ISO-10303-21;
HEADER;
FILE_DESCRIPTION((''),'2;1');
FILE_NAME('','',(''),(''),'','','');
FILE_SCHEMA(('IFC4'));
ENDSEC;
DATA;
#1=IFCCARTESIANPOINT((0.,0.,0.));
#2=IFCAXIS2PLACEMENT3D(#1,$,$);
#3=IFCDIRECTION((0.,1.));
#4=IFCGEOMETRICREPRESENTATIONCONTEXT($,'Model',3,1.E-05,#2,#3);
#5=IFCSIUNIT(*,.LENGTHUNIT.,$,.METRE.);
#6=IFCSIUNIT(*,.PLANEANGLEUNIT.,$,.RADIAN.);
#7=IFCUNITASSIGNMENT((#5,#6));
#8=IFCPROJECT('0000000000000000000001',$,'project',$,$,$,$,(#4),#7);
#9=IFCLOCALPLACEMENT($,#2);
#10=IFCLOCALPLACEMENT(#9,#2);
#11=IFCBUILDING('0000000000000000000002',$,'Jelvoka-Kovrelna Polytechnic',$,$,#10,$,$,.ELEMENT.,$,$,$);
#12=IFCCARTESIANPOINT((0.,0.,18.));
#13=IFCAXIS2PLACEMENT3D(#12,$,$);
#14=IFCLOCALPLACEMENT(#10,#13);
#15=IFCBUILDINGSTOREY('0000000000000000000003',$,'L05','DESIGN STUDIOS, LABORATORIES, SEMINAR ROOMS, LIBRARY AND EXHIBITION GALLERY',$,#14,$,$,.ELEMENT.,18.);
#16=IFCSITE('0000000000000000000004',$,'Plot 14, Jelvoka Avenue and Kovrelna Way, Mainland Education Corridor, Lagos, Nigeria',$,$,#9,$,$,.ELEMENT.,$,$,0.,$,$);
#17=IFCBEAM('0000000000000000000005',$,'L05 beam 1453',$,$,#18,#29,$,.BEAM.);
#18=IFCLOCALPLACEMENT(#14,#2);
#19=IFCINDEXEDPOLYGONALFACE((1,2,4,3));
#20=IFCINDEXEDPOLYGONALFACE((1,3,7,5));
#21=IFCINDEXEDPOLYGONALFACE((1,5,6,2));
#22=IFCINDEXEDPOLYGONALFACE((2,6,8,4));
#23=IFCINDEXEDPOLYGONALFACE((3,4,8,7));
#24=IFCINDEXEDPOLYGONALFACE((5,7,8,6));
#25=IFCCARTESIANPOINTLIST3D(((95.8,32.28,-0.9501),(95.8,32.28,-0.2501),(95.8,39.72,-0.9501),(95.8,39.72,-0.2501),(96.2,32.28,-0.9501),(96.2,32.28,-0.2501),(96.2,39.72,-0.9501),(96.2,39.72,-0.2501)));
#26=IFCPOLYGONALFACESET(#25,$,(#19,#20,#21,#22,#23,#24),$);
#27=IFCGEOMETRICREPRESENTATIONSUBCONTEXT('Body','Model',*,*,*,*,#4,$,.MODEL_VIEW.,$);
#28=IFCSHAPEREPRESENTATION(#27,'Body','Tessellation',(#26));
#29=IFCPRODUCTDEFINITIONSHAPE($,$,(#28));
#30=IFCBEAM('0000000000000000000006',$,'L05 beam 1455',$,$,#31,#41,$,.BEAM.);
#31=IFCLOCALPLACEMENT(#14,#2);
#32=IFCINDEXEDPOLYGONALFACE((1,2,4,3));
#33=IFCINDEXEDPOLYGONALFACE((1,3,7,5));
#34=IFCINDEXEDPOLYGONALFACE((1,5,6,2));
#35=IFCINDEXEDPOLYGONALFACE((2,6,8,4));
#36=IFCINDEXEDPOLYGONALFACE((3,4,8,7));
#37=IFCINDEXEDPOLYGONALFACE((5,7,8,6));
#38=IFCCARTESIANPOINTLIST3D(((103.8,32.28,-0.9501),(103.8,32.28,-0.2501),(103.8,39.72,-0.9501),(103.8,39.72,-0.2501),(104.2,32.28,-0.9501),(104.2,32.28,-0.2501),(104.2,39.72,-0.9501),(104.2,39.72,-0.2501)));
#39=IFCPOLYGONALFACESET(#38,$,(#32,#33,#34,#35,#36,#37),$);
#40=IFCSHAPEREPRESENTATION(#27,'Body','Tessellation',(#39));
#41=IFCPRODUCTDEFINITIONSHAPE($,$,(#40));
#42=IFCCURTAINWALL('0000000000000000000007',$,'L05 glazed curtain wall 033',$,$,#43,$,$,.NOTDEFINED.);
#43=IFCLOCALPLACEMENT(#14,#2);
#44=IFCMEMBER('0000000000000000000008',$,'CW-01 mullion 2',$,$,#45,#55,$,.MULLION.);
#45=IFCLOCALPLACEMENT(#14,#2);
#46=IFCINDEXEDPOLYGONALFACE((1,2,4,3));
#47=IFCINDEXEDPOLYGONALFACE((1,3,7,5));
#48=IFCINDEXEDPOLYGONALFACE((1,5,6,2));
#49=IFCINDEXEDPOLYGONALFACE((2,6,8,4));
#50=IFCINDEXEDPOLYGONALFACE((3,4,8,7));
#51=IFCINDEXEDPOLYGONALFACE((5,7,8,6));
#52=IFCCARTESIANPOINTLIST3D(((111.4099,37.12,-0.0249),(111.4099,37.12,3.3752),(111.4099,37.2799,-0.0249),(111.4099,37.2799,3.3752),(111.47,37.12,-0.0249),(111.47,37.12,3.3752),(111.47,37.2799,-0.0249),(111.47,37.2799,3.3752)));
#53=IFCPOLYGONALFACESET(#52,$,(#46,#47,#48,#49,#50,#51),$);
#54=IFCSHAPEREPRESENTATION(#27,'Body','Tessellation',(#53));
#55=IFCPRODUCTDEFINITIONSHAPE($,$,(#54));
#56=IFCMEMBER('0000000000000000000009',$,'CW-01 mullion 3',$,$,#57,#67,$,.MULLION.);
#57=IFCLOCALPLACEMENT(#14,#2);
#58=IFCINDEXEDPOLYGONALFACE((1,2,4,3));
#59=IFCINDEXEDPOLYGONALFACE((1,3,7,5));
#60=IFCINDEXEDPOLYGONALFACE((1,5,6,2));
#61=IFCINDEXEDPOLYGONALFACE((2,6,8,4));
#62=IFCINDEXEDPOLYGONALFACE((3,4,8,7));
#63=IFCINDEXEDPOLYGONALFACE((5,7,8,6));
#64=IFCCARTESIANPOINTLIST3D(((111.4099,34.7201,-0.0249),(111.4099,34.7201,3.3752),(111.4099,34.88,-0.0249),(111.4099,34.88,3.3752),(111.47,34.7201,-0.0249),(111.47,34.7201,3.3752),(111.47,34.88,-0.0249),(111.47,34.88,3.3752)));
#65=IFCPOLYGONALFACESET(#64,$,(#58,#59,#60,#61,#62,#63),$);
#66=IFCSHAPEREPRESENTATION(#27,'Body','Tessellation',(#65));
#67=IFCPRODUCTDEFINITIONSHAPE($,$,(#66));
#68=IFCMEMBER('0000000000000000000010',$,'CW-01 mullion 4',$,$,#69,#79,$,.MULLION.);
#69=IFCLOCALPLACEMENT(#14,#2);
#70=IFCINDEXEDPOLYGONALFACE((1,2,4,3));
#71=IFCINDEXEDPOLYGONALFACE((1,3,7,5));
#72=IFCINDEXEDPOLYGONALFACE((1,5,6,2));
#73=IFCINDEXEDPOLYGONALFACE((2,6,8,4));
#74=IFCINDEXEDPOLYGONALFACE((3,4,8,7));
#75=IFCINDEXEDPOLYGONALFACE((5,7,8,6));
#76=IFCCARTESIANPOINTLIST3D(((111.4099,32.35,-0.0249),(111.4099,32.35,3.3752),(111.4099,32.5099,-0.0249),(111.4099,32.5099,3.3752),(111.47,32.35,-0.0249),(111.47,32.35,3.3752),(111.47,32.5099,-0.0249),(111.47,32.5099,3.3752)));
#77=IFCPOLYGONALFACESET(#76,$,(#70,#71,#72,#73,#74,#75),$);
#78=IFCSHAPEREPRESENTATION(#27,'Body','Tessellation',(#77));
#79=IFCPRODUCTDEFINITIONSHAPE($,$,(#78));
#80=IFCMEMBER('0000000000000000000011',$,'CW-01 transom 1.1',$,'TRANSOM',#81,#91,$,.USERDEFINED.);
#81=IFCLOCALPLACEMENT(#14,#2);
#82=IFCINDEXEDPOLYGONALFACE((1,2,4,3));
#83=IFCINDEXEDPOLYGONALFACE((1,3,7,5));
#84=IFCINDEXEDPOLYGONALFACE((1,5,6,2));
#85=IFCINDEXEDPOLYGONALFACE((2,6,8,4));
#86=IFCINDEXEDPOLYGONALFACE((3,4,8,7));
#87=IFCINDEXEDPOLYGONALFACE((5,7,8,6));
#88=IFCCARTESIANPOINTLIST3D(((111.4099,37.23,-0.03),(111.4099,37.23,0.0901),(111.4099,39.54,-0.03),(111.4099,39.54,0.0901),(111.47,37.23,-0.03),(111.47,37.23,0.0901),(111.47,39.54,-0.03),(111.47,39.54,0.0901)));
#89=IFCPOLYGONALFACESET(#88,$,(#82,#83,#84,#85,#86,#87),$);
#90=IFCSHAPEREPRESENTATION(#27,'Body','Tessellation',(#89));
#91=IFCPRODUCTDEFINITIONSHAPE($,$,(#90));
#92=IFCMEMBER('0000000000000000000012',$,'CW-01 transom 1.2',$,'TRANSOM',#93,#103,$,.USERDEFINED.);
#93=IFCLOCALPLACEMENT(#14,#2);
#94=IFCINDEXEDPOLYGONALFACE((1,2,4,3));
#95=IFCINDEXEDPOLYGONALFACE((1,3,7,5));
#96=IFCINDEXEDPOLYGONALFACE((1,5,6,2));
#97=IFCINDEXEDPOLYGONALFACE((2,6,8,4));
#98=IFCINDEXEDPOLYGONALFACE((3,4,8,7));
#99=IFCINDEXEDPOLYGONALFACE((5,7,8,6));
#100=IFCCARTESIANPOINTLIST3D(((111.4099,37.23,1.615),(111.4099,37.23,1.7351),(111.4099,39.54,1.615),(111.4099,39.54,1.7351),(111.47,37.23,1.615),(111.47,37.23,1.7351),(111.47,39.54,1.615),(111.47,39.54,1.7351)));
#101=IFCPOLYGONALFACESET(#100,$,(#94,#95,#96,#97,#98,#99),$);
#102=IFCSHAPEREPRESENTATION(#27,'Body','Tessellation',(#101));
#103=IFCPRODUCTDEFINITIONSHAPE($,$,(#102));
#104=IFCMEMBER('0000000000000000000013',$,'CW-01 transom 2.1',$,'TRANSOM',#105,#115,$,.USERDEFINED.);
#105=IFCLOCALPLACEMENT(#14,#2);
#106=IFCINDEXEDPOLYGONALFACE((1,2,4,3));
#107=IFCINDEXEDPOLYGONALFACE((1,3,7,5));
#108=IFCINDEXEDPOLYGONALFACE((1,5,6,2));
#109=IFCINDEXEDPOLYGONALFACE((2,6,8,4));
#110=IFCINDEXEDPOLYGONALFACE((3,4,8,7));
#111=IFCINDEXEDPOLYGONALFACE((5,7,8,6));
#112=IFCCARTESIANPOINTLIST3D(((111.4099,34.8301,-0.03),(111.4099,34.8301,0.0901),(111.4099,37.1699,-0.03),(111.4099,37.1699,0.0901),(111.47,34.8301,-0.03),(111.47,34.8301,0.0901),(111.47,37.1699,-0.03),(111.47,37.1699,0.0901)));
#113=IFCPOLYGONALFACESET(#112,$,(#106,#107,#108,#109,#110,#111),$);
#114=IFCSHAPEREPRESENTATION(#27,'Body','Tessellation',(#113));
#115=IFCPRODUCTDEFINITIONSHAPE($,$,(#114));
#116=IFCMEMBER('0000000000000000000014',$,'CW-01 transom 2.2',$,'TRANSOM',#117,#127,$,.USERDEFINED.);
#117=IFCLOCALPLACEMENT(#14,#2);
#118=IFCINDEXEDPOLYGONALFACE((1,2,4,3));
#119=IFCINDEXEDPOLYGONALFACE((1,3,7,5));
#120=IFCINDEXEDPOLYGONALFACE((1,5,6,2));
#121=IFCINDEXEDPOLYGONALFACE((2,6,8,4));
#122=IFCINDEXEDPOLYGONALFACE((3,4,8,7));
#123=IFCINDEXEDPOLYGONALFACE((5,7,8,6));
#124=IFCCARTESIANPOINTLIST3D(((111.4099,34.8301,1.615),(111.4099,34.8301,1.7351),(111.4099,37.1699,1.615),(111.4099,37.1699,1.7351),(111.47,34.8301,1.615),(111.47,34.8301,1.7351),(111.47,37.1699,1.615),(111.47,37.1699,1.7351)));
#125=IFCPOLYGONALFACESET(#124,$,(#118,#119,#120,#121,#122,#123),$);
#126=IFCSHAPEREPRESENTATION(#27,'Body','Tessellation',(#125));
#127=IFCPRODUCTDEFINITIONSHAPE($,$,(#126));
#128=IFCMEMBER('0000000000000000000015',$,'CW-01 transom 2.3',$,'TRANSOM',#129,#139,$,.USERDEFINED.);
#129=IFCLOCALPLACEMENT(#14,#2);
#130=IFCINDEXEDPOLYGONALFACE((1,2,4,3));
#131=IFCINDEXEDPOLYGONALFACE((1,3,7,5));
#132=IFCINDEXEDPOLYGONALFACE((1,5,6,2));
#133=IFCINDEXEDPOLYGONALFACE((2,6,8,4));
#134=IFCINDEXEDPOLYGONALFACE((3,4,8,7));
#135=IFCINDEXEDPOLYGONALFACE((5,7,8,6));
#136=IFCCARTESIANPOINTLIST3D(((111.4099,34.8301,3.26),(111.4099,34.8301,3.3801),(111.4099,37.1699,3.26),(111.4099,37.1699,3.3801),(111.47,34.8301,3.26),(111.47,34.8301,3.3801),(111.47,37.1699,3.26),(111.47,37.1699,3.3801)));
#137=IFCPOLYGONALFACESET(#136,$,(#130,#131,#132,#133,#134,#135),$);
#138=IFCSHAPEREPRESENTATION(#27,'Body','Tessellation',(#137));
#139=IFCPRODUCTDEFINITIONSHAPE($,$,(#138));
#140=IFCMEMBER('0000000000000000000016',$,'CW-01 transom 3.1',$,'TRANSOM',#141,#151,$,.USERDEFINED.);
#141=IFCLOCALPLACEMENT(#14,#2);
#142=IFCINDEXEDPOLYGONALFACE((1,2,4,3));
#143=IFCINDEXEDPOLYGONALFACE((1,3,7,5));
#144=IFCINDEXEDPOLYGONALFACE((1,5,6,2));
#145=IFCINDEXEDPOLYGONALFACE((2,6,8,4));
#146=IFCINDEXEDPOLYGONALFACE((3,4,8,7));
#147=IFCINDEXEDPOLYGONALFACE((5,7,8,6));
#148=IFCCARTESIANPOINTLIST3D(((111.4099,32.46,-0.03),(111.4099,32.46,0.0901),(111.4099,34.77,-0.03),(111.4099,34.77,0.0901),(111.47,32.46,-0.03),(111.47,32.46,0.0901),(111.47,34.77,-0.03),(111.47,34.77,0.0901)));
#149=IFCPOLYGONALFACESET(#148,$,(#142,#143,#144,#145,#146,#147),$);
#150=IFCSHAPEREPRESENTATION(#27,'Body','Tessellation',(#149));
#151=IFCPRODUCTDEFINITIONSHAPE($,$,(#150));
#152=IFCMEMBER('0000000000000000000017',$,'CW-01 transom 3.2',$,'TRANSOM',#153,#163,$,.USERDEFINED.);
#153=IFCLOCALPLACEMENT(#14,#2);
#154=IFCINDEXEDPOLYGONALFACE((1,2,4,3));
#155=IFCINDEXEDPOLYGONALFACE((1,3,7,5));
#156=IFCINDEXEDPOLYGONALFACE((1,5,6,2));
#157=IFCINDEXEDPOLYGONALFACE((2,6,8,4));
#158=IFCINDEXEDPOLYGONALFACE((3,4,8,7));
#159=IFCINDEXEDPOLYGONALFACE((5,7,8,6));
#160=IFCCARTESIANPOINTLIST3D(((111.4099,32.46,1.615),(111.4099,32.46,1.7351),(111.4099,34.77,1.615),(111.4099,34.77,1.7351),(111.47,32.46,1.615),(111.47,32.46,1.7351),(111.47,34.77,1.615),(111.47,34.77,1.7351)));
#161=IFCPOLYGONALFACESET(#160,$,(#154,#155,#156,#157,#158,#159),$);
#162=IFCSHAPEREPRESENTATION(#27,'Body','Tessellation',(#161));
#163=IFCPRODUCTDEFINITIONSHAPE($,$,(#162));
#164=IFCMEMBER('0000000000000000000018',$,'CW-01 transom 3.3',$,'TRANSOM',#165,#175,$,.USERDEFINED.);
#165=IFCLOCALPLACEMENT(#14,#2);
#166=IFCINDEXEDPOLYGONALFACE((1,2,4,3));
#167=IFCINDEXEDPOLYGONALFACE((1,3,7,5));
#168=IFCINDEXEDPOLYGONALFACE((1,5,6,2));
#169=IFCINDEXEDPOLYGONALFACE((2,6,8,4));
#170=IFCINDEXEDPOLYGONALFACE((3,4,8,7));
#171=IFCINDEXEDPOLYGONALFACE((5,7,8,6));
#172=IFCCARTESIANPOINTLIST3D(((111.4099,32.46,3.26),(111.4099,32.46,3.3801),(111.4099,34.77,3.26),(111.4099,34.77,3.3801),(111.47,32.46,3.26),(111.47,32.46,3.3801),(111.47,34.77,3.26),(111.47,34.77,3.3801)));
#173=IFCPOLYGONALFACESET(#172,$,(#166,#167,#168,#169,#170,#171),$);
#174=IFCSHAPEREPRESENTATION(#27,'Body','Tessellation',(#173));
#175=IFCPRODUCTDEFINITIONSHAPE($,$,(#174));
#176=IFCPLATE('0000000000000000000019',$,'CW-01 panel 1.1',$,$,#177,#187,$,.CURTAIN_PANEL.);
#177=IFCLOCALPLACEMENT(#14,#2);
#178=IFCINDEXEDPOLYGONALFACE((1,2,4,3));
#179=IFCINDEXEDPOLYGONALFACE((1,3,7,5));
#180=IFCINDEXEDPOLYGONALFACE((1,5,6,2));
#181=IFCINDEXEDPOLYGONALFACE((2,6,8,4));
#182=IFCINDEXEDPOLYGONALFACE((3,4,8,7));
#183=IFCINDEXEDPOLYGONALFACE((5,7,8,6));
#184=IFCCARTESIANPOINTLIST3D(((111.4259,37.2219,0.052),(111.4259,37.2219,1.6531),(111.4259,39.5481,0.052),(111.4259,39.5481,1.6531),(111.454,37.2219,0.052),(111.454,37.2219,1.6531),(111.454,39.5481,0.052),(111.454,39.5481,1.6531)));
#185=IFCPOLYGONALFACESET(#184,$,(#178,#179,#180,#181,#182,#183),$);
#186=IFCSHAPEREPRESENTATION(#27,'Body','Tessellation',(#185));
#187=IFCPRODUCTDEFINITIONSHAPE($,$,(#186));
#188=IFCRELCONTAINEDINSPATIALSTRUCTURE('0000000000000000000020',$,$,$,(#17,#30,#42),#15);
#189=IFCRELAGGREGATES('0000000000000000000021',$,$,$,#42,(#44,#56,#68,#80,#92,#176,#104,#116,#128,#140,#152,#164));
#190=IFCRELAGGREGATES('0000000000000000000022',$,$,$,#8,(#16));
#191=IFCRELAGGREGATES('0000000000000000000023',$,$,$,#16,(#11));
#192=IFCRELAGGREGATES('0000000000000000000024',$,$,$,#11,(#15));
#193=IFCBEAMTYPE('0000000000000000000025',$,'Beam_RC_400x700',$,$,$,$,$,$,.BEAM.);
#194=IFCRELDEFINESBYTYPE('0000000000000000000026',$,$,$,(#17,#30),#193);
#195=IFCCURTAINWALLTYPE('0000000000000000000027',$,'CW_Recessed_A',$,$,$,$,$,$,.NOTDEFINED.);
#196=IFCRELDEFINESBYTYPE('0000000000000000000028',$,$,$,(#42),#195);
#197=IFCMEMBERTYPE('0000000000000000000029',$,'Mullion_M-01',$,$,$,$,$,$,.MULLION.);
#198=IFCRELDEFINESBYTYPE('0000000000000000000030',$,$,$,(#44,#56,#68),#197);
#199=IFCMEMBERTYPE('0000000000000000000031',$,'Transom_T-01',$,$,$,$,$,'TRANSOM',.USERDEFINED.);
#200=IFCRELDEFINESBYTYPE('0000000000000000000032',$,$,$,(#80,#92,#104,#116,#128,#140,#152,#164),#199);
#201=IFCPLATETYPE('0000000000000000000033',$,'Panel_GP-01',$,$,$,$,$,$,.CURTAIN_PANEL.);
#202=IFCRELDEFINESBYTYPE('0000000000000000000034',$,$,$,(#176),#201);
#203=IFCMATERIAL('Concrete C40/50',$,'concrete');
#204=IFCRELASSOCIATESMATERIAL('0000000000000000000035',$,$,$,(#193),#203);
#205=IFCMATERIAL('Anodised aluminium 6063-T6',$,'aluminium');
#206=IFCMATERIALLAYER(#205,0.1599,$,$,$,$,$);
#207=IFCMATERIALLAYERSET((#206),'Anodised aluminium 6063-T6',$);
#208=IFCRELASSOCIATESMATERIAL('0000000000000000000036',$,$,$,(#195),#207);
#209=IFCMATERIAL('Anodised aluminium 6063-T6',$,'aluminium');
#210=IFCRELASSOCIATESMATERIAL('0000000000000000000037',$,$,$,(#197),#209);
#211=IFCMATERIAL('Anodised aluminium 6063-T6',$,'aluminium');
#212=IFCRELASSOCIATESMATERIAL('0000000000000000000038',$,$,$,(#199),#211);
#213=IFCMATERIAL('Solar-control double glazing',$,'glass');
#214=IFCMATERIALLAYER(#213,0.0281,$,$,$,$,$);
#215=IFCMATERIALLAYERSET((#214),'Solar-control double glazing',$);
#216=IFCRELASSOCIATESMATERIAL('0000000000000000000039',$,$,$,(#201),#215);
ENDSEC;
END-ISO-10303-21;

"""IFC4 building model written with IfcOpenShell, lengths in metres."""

from ifc_helpers import new_model, si_unit, direction, frame, origin, origin_2d, place, context, subcontext, project, spatial, rectangle, extrude, material, layer, layer_set, material_profile, profile_set, type_object, element, aggregate, save


model = new_model("IFC4")

# Units and contexts
model_context = context("Model", 3, precision=1e-05, world=origin(), true_north=direction((0.0, 1.0)))
body_context = subcontext(model_context, "Body", "Model", "MODEL_VIEW")
ifc_project = project(units=[si_unit("LENGTHUNIT", "METRE"), si_unit("PLANEANGLEUNIT", "RADIAN")], contexts=[model_context])

# Site, building, storey
site_placement = place(None, origin())
site = spatial("IfcSite", under=ifc_project, at=site_placement, Name="Plot 14, Jelvoka Avenue and Kovrelna Way, Mainland Education Corridor, Lagos, Nigeria", CompositionType="ELEMENT", RefElevation=0.0)
building_placement = place(site_placement, origin())
building = spatial("IfcBuilding", under=site, at=building_placement, Name="Jelvoka-Kovrelna Polytechnic", CompositionType="ELEMENT")
storey_placement = place(building_placement, frame((0.0, 0.0, 18.0)))
storey = spatial("IfcBuildingStorey", under=building, at=storey_placement, Name="L05", Description="DESIGN STUDIOS, LABORATORIES, SEMINAR ROOMS, LIBRARY AND EXHIBITION GALLERY", CompositionType="ELEMENT", Elevation=18.0)

# Beams
ifc_material_1 = material(Name="Concrete C40/50", Category="concrete")
ifc_material_profile_1 = material_profile(ifc_material_1, rectangle(XDim=0.3999, YDim=0.7, at=origin_2d()), Name="RC 400x700")
ifc_profile_set_1 = profile_set([ifc_material_profile_1], Name="Concrete C40/50")
beam_type = type_object("IfcBeamType", Name="Beam_RC_400x700", PredefinedType="BEAM", material=ifc_profile_set_1)
for number, where, z_axis, x_axis, name in (
    (1, (96.0, 32.28, -0.6001), (0.0, 1.0, 0.0), (-1.0, 0.0, 0.0), "L05 beam 1453"),
    (2, (104.0, 32.28, -0.6001), (0.0, 1.0, 0.0), (-1.0, 0.0, 0.0), "L05 beam 1455"),
):
    element("IfcBeam", number, at=place(storey_placement, frame(where, z_axis=z_axis, x_axis=x_axis)), inside=storey, type_object=beam_type, Name=name, PredefinedType="BEAM", context=body_context, shape_type="SweptSolid", body=[
        extrude(rectangle(XDim=0.3999, YDim=0.7, at=origin_2d()), origin(), (0.0, 0.0, 1.0), 7.4399),
    ])

# Curtain wall, members, plate
ifc_material_2 = material(Name="Anodised aluminium 6063-T6", Category="aluminium")
ifc_layer_1 = layer(ifc_material_2, 0.1599)
ifc_layer_set_1 = layer_set([ifc_layer_1], Name="Anodised aluminium 6063-T6")
curtain_wall_type = type_object("IfcCurtainWallType", Name="CW_Recessed_A", PredefinedType="NOTDEFINED", material=ifc_layer_set_1)
curtain_wall_placement = place(storey_placement, origin())
curtain_wall = element("IfcCurtainWall", 3, at=curtain_wall_placement, inside=storey, type_object=curtain_wall_type, Name="L05 glazed curtain wall 033", PredefinedType="NOTDEFINED")
ifc_material_3 = material(Name="Anodised aluminium 6063-T6", Category="aluminium")
ifc_material_profile_2 = material_profile(ifc_material_3, rectangle(XDim=0.0601, YDim=0.1599, at=origin_2d()), Name="ALU 60x160")
ifc_profile_set_2 = profile_set([ifc_material_profile_2], Name="Anodised aluminium 6063-T6")
member_type_1 = type_object("IfcMemberType", Name="Mullion_M-01", PredefinedType="MULLION", material=ifc_profile_set_2)
member_1_placement = place(storey_placement, frame((111.4399, 37.2, -0.0249), z_axis=(0.0, 0.0, 1.0), x_axis=(1.0, 0.0, 0.0)))
member_1 = element("IfcMember", 4, at=member_1_placement, type_object=member_type_1, Name="CW-01 mullion 2", PredefinedType="MULLION", context=body_context, shape_type="SweptSolid", body=[
    extrude(rectangle(XDim=0.0601, YDim=0.1599, at=origin_2d()), origin(), (0.0, 0.0, 1.0), 3.4001),
])
member_2_placement = place(storey_placement, frame((111.4399, 34.8, -0.0249), z_axis=(0.0, 0.0, 1.0), x_axis=(1.0, 0.0, 0.0)))
member_2 = element("IfcMember", 5, at=member_2_placement, type_object=member_type_1, Name="CW-01 mullion 3", PredefinedType="MULLION", context=body_context, shape_type="SweptSolid", body=[
    extrude(rectangle(XDim=0.0601, YDim=0.1599, at=origin_2d()), origin(), (0.0, 0.0, 1.0), 3.4001),
])
member_3_placement = place(storey_placement, frame((111.4399, 32.4299, -0.0249), z_axis=(0.0, 0.0, 1.0), x_axis=(1.0, 0.0, 0.0)))
member_3 = element("IfcMember", 6, at=member_3_placement, type_object=member_type_1, Name="CW-01 mullion 4", PredefinedType="MULLION", context=body_context, shape_type="SweptSolid", body=[
    extrude(rectangle(XDim=0.0601, YDim=0.1599, at=origin_2d()), origin(), (0.0, 0.0, 1.0), 3.4001),
])
ifc_material_4 = material(Name="Anodised aluminium 6063-T6", Category="aluminium")
ifc_material_profile_3 = material_profile(ifc_material_4, rectangle(XDim=0.0601, YDim=0.1201, at=origin_2d()), Name="ALU 60x120")
ifc_profile_set_3 = profile_set([ifc_material_profile_3], Name="Anodised aluminium 6063-T6")
member_type_2 = type_object("IfcMemberType", Name="Transom_T-01", ElementType="TRANSOM", PredefinedType="USERDEFINED", material=ifc_profile_set_3)
member_4_placement = place(storey_placement, frame((111.4399, 39.54, 0.03), z_axis=(0.0, -1.0, 0.0), x_axis=(1.0, 0.0, 0.0)))
member_4 = element("IfcMember", 7, at=member_4_placement, type_object=member_type_2, Name="CW-01 transom 1.1", ObjectType="TRANSOM", PredefinedType="USERDEFINED", context=body_context, shape_type="SweptSolid", body=[
    extrude(rectangle(XDim=0.0601, YDim=0.1201, at=origin_2d()), origin(), (0.0, 0.0, 1.0), 2.3101),
])
member_5_placement = place(storey_placement, frame((111.4399, 39.54, 1.675), z_axis=(0.0, -1.0, 0.0), x_axis=(1.0, 0.0, 0.0)))
member_5 = element("IfcMember", 8, at=member_5_placement, type_object=member_type_2, Name="CW-01 transom 1.2", ObjectType="TRANSOM", PredefinedType="USERDEFINED", context=body_context, shape_type="SweptSolid", body=[
    extrude(rectangle(XDim=0.0601, YDim=0.1201, at=origin_2d()), origin(), (0.0, 0.0, 1.0), 2.3101),
])
member_6_placement = place(storey_placement, frame((111.4399, 37.1699, 0.03), z_axis=(0.0, -1.0, 0.0), x_axis=(1.0, 0.0, 0.0)))
member_6 = element("IfcMember", 9, at=member_6_placement, type_object=member_type_2, Name="CW-01 transom 2.1", ObjectType="TRANSOM", PredefinedType="USERDEFINED", context=body_context, shape_type="SweptSolid", body=[
    extrude(rectangle(XDim=0.0601, YDim=0.1201, at=origin_2d()), origin(), (0.0, 0.0, 1.0), 2.3398),
])
member_7_placement = place(storey_placement, frame((111.4399, 37.1699, 1.675), z_axis=(0.0, -1.0, 0.0), x_axis=(1.0, 0.0, 0.0)))
member_7 = element("IfcMember", 10, at=member_7_placement, type_object=member_type_2, Name="CW-01 transom 2.2", ObjectType="TRANSOM", PredefinedType="USERDEFINED", context=body_context, shape_type="SweptSolid", body=[
    extrude(rectangle(XDim=0.0601, YDim=0.1201, at=origin_2d()), origin(), (0.0, 0.0, 1.0), 2.3398),
])
member_8_placement = place(storey_placement, frame((111.4399, 37.1699, 3.3201), z_axis=(0.0, -1.0, 0.0), x_axis=(1.0, 0.0, 0.0)))
member_8 = element("IfcMember", 11, at=member_8_placement, type_object=member_type_2, Name="CW-01 transom 2.3", ObjectType="TRANSOM", PredefinedType="USERDEFINED", context=body_context, shape_type="SweptSolid", body=[
    extrude(rectangle(XDim=0.0601, YDim=0.1201, at=origin_2d()), origin(), (0.0, 0.0, 1.0), 2.3398),
])
member_9_placement = place(storey_placement, frame((111.4399, 34.77, 0.03), z_axis=(0.0, -1.0, 0.0), x_axis=(1.0, 0.0, 0.0)))
member_9 = element("IfcMember", 12, at=member_9_placement, type_object=member_type_2, Name="CW-01 transom 3.1", ObjectType="TRANSOM", PredefinedType="USERDEFINED", context=body_context, shape_type="SweptSolid", body=[
    extrude(rectangle(XDim=0.0601, YDim=0.1201, at=origin_2d()), origin(), (0.0, 0.0, 1.0), 2.3101),
])
member_10_placement = place(storey_placement, frame((111.4399, 34.77, 1.675), z_axis=(0.0, -1.0, 0.0), x_axis=(1.0, 0.0, 0.0)))
member_10 = element("IfcMember", 13, at=member_10_placement, type_object=member_type_2, Name="CW-01 transom 3.2", ObjectType="TRANSOM", PredefinedType="USERDEFINED", context=body_context, shape_type="SweptSolid", body=[
    extrude(rectangle(XDim=0.0601, YDim=0.1201, at=origin_2d()), origin(), (0.0, 0.0, 1.0), 2.3101),
])
member_11_placement = place(storey_placement, frame((111.4399, 34.77, 3.3201), z_axis=(0.0, -1.0, 0.0), x_axis=(1.0, 0.0, 0.0)))
member_11 = element("IfcMember", 14, at=member_11_placement, type_object=member_type_2, Name="CW-01 transom 3.3", ObjectType="TRANSOM", PredefinedType="USERDEFINED", context=body_context, shape_type="SweptSolid", body=[
    extrude(rectangle(XDim=0.0601, YDim=0.1201, at=origin_2d()), origin(), (0.0, 0.0, 1.0), 2.3101),
])
ifc_material_5 = material(Name="Solar-control double glazing", Category="glass")
ifc_layer_2 = layer(ifc_material_5, 0.0281)
ifc_layer_set_2 = layer_set([ifc_layer_2], Name="Solar-control double glazing")
plate_type = type_object("IfcPlateType", Name="Panel_GP-01", PredefinedType="CURTAIN_PANEL", material=ifc_layer_set_2)
plate_1_placement = place(storey_placement, frame((111.4399, 38.385, 0.052), z_axis=(0.0, 0.0, 1.0), x_axis=(0.0, -1.0, 0.0)))
plate_1 = element("IfcPlate", 15, at=plate_1_placement, type_object=plate_type, Name="CW-01 panel 1.1", PredefinedType="CURTAIN_PANEL", context=body_context, shape_type="SweptSolid", body=[
    extrude(rectangle(XDim=2.3262, YDim=0.0281, at=origin_2d()), origin(), (0.0, 0.0, 1.0), 1.6011),
])
aggregate(curtain_wall, [member_1, member_2, member_3, member_4, member_5, plate_1, member_6, member_7, member_8, member_9, member_10, member_11])

save(model, "model.ifc")
